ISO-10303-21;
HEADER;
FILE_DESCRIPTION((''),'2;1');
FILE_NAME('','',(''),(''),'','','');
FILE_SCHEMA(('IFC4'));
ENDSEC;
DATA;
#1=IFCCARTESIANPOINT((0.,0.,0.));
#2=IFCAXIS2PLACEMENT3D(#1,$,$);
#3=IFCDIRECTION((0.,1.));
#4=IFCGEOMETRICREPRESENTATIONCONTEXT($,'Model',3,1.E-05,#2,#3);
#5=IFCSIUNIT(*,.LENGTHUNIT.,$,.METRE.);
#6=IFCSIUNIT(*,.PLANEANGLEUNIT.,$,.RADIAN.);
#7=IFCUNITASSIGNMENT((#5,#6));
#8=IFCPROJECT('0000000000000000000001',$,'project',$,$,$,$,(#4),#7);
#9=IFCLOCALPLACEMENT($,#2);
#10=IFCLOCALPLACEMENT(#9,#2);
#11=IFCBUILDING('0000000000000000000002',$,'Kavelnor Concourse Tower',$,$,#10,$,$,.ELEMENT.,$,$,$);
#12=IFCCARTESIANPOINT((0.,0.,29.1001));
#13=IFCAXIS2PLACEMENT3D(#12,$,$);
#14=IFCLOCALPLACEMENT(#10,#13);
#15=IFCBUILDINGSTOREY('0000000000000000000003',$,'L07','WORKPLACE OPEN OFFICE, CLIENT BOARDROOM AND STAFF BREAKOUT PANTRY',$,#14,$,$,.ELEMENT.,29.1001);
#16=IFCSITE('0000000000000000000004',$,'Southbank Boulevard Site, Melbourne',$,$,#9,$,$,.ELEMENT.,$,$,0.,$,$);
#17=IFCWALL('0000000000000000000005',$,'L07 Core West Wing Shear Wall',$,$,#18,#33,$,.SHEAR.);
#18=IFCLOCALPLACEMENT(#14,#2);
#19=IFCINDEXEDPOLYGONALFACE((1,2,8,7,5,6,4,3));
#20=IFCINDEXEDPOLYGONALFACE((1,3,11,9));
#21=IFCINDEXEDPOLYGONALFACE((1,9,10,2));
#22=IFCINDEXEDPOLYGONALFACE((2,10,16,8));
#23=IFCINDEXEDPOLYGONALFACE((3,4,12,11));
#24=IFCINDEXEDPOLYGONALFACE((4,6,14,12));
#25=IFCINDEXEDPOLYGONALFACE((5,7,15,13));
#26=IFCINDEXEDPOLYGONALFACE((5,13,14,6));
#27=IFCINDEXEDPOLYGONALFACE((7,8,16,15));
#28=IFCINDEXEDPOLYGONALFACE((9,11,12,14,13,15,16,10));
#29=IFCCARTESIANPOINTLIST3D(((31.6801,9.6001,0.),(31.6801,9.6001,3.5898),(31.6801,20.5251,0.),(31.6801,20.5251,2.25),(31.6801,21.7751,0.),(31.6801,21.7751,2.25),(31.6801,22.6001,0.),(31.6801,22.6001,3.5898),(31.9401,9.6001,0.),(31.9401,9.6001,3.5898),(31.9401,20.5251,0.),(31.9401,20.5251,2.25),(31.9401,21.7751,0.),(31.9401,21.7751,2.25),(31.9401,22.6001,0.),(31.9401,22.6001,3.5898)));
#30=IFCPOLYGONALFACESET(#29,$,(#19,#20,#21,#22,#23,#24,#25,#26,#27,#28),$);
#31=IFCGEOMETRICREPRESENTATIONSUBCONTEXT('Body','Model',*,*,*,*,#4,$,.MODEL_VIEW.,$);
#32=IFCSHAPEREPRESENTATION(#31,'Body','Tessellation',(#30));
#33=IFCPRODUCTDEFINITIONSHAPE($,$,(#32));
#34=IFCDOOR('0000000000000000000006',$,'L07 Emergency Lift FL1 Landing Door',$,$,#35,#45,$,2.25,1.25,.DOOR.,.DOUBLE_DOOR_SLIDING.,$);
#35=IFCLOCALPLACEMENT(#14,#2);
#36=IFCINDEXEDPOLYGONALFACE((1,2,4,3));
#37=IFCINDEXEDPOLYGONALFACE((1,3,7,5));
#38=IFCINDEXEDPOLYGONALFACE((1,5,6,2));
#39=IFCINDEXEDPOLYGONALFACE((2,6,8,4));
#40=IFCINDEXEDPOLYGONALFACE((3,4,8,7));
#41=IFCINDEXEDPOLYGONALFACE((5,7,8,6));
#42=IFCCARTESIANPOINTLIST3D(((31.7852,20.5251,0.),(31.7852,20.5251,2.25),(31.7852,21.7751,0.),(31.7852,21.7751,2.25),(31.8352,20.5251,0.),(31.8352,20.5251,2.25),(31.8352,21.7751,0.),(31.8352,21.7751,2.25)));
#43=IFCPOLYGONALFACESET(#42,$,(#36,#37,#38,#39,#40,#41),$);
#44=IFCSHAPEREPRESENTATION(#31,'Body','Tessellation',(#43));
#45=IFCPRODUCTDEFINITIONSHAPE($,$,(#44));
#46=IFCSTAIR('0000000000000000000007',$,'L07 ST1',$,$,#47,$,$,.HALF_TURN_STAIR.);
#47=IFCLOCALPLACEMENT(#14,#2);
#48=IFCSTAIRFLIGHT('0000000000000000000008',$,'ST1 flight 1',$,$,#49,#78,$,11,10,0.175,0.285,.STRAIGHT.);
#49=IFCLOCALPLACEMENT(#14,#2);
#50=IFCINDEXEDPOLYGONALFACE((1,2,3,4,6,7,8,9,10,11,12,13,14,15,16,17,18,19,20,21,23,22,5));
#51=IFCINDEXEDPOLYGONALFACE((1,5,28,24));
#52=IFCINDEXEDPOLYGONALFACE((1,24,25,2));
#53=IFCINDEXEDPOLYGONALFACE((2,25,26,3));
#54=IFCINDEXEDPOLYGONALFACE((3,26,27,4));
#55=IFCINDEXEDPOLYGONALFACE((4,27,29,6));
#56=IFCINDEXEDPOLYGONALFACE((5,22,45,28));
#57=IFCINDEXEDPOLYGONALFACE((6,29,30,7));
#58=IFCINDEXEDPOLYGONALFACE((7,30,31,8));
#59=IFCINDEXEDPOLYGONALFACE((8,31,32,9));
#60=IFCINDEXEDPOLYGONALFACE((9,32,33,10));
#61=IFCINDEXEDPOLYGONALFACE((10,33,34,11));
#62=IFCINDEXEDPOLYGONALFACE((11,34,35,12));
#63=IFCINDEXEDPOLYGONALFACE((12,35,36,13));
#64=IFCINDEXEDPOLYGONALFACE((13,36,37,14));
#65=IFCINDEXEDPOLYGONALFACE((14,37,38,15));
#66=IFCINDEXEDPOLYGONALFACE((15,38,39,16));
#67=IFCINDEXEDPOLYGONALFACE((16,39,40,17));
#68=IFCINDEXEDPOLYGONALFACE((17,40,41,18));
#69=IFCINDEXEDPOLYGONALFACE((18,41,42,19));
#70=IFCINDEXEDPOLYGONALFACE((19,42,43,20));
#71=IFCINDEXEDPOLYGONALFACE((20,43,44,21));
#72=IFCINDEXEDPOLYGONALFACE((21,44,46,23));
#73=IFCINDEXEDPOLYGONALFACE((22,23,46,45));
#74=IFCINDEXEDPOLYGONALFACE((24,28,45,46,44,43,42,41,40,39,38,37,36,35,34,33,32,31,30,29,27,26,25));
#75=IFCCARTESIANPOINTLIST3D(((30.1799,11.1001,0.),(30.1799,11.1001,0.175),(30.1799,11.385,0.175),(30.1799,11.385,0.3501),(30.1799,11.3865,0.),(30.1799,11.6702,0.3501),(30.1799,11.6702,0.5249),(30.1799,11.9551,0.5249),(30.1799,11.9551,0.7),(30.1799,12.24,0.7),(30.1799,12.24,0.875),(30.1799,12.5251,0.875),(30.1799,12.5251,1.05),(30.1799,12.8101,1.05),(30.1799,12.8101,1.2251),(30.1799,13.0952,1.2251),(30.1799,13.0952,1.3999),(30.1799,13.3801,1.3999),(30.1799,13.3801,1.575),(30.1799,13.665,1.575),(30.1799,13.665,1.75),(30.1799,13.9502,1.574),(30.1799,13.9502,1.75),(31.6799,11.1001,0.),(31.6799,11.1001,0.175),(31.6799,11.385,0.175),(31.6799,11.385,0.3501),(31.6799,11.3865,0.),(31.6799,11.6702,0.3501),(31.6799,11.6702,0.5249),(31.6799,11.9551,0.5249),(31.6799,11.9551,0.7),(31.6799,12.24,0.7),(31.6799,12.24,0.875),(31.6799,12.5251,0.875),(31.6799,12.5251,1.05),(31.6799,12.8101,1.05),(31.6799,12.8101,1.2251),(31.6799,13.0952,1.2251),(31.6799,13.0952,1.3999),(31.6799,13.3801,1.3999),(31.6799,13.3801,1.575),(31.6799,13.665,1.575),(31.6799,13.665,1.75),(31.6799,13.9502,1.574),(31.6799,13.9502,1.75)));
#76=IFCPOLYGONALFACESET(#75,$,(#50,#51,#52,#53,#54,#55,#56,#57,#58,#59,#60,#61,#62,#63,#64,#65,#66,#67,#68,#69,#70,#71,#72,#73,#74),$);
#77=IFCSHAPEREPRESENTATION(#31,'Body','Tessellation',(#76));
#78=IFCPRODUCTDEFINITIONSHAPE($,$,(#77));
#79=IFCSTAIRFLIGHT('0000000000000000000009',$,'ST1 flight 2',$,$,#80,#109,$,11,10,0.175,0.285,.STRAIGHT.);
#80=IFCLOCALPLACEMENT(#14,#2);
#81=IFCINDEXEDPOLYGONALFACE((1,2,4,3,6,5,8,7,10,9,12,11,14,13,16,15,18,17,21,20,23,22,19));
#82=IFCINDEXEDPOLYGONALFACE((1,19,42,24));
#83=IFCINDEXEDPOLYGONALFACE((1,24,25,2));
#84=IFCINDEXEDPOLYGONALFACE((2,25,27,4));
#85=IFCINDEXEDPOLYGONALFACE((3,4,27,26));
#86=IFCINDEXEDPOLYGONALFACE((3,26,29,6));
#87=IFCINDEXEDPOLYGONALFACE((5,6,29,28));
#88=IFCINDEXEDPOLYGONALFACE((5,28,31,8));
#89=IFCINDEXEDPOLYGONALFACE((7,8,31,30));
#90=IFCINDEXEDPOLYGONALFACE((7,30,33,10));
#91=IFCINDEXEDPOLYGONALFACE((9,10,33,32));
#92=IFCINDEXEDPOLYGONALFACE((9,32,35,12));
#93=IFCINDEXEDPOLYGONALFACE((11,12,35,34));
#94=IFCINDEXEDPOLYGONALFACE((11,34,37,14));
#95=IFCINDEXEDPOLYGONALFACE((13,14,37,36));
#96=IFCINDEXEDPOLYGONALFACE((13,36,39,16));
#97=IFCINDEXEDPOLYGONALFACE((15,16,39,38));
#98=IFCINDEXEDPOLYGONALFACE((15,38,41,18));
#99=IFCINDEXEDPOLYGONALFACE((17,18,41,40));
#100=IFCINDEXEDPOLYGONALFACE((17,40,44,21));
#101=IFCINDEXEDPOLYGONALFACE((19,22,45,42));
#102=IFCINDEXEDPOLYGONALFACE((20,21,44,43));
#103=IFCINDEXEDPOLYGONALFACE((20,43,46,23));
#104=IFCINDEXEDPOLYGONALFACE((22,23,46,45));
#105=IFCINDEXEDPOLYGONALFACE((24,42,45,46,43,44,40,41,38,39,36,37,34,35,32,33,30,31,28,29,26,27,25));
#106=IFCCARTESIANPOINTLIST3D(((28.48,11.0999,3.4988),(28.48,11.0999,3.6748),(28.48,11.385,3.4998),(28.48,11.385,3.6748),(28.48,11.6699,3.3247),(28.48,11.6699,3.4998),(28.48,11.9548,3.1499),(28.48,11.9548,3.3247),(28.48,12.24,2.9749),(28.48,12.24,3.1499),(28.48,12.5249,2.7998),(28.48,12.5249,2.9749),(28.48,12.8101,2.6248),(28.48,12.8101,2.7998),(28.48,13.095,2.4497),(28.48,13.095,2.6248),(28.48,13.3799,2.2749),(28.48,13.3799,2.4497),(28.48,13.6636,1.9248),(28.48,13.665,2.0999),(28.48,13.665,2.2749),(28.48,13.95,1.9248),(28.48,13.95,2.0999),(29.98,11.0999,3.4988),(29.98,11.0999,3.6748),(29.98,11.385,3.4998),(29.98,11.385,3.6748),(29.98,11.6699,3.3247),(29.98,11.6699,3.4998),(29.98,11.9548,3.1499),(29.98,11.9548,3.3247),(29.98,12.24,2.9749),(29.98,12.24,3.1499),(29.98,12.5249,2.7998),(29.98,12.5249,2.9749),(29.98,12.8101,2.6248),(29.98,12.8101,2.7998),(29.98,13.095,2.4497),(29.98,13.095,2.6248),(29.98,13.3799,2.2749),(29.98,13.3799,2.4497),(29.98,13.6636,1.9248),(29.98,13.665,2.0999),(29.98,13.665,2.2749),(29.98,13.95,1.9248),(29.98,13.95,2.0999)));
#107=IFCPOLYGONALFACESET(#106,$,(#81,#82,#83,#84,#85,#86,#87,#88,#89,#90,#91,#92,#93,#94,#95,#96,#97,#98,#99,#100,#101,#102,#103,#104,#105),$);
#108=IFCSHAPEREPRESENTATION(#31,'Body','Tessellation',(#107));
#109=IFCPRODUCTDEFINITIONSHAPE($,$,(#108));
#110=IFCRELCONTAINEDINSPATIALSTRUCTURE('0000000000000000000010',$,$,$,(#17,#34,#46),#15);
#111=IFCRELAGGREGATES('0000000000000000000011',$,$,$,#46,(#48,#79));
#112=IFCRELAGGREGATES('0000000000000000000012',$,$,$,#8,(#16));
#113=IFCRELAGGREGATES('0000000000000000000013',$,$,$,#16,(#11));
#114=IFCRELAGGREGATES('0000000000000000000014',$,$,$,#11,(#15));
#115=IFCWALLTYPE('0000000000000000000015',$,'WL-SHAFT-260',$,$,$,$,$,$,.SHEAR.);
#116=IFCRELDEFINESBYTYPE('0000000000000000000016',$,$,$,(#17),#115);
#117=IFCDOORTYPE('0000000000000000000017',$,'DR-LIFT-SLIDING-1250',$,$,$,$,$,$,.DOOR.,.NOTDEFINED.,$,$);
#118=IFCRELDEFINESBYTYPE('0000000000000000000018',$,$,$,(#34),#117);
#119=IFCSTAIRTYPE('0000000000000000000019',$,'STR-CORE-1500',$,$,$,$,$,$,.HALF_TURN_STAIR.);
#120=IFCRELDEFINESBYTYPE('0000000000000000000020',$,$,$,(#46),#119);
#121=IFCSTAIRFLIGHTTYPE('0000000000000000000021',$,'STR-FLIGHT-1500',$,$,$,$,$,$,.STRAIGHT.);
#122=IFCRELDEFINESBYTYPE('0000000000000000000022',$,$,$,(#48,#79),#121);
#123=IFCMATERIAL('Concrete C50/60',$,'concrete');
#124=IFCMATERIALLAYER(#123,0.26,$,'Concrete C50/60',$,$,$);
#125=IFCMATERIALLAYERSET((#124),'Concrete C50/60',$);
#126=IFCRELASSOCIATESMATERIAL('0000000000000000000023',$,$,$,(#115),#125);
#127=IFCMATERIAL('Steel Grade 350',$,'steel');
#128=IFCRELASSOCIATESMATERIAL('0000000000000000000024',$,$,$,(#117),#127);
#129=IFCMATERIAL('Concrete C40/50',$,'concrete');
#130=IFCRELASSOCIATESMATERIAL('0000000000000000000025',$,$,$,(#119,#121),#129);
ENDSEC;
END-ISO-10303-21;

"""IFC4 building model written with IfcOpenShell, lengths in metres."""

from ifc_helpers import new_model, si_unit, direction, frame, frame_2d, origin, place, context, subcontext, project, spatial, polyline, rectangle, outline, extrude, material, layer, layer_set, type_object, element, fill, aggregate, save


model = new_model("IFC4")

# Units and contexts
model_context = context("Model", 3, precision=1e-05, world=origin(), true_north=direction((0.0, 1.0)))
body_context = subcontext(model_context, "Body", "Model", "MODEL_VIEW")
ifc_project = project(units=[si_unit("LENGTHUNIT", "METRE"), si_unit("PLANEANGLEUNIT", "RADIAN")], contexts=[model_context])

# Site, building, storey
site_placement = place(None, origin())
site = spatial("IfcSite", under=ifc_project, at=site_placement, Name="Southbank Boulevard Site, Melbourne", CompositionType="ELEMENT", RefElevation=0.0)
building_placement = place(site_placement, origin())
building = spatial("IfcBuilding", under=site, at=building_placement, Name="Kavelnor Concourse Tower", CompositionType="ELEMENT")
storey_placement = place(building_placement, frame((0.0, 0.0, 29.1001)))
storey = spatial("IfcBuildingStorey", under=building, at=storey_placement, Name="L07", Description="WORKPLACE OPEN OFFICE, CLIENT BOARDROOM AND STAFF BREAKOUT PANTRY", CompositionType="ELEMENT", Elevation=29.1001)

# Shared definitions
ifc_material_1 = material(Name="Steel Grade 350", Category="steel")

# Shared definitions
ifc_material_2 = material(Name="Concrete C50/60", Category="concrete")

# Wall, opening, door
ifc_layer_1 = layer(ifc_material_2, 0.26, Name="Concrete C50/60")
ifc_layer_set_1 = layer_set([ifc_layer_1], Name="Concrete C50/60")
wall_type_1 = type_object("IfcWallType", Name="WL-SHAFT-260", PredefinedType="SHEAR", material=ifc_layer_set_1)
wall_1_placement = place(storey_placement, frame((31.8101, 9.6001, 0.0), z_axis=(0.0, 0.0, 1.0), x_axis=(0.0, 1.0, 0.0)))
wall_1 = element("IfcWall", 1, at=wall_1_placement, inside=storey, type_object=wall_type_1, Name="L07 Core West Wing Shear Wall", PredefinedType="SHEAR", context=body_context, shape_type="SweptSolid", body=[
    extrude(rectangle(XDim=13.0, YDim=0.26, at=frame_2d((6.5, 0.0))), origin(), (0.0, 0.0, 1.0), 3.5898),
])
opening_1_placement = place(wall_1_placement, frame((10.925, 0.0, 0.0)))
opening_1 = element("IfcOpeningElement", 2, at=opening_1_placement, cuts=wall_1, PredefinedType="OPENING", context=body_context, shape_type="SweptSolid", body=[
    extrude(rectangle(XDim=1.25, YDim=2.25, at=frame_2d((0.625, 1.125))), frame((0.0, 0.1401, 0.0), z_axis=(0.0, -1.0, 0.0), x_axis=(1.0, 0.0, 0.0)), (0.0, 0.0, 1.0), 0.28),
])
door_type_1 = type_object("IfcDoorType", Name="DR-LIFT-SLIDING-1250", OperationType="NOTDEFINED", PredefinedType="DOOR", material=ifc_material_1)
door_1_placement = place(opening_1_placement, origin())
door_1 = element("IfcDoor", 3, at=door_1_placement, inside=storey, type_object=door_type_1, Name="L07 Emergency Lift FL1 Landing Door", OperationType="DOUBLE_DOOR_SLIDING", OverallHeight=2.25, OverallWidth=1.25, PredefinedType="DOOR", context=body_context, shape_type="SweptSolid", body=[
    extrude(rectangle(XDim=1.25, YDim=2.25, at=frame_2d((0.625, 1.125))), frame((0.0, 0.0249, 0.0), z_axis=(0.0, -1.0, 0.0), x_axis=(1.0, 0.0, 0.0)), (0.0, 0.0, 1.0), 0.05),
])
fill(opening_1, door_1)

# Stair, stair flights
ifc_material_3 = material(Name="Concrete C40/50", Category="concrete")
stair_type = type_object("IfcStairType", Name="STR-CORE-1500", PredefinedType="HALF_TURN_STAIR", material=ifc_material_3)
stair_placement = place(storey_placement, origin())
stair = element("IfcStair", 4, at=stair_placement, inside=storey, type_object=stair_type, Name="L07 ST1", PredefinedType="HALF_TURN_STAIR")
stair_flight_type = type_object("IfcStairFlightType", Name="STR-FLIGHT-1500", PredefinedType="STRAIGHT", material=ifc_material_3)
stair_flight_1_placement = place(storey_placement, frame((30.9299, 11.1001, 0.0), z_axis=(0.0, 0.0, 1.0), x_axis=(0.0, 1.0, 0.0)))
stair_flight_1 = element("IfcStairFlight", 5, at=stair_flight_1_placement, type_object=stair_flight_type, Name="ST1 flight 1", NumberOfRisers=11, NumberOfTreads=10, PredefinedType="STRAIGHT", RiserHeight=0.175, TreadLength=0.285, context=body_context, shape_type="SweptSolid", body=[
    extrude(outline(polyline([(0.0, 0.0), (0.0, 0.175), (0.2849, 0.175), (0.2849, 0.3501), (0.5701, 0.3501), (0.5701, 0.5249), (0.855, 0.5249), (0.855, 0.7), (1.1399, 0.7), (1.1399, 0.875), (1.425, 0.875), (1.425, 1.05), (1.71, 1.05), (1.71, 1.2251), (1.9951, 1.2251), (1.9951, 1.3999), (2.28, 1.3999), (2.28, 1.575), (2.5649, 1.575), (2.5649, 1.75), (2.8501, 1.75), (2.8501, 1.925), (2.8501, 1.574), (0.2864, 0.0), (0.0, 0.0)])), frame((0.0, 0.75, 0.0), z_axis=(0.0, -1.0, 0.0), x_axis=(1.0, 0.0, 0.0)), (0.0, 0.0, 1.0), 1.5),
])
stair_flight_2_placement = place(storey_placement, frame((29.23, 13.95, 1.9248), z_axis=(0.0, 0.0, 1.0), x_axis=(0.0, -1.0, 0.0)))
stair_flight_2 = element("IfcStairFlight", 6, at=stair_flight_2_placement, type_object=stair_flight_type, Name="ST1 flight 2", NumberOfRisers=11, NumberOfTreads=10, PredefinedType="STRAIGHT", RiserHeight=0.175, TreadLength=0.285, context=body_context, shape_type="SweptSolid", body=[
    extrude(outline(polyline([(0.0, 0.0), (0.0, 0.175), (0.2849, 0.175), (0.2849, 0.3501), (0.5701, 0.3501), (0.5701, 0.5249), (0.855, 0.5249), (0.855, 0.7), (1.1399, 0.7), (1.1399, 0.875), (1.425, 0.875), (1.425, 1.05), (1.71, 1.05), (1.71, 1.2251), (1.9951, 1.2251), (1.9951, 1.3999), (2.28, 1.3999), (2.28, 1.575), (2.5649, 1.575), (2.5649, 1.75), (2.8501, 1.75), (2.8501, 1.925), (2.8501, 1.574), (0.2864, 0.0), (0.0, 0.0)])), frame((0.0, 0.75, 0.0), z_axis=(0.0, -1.0, 0.0), x_axis=(1.0, 0.0, 0.0)), (0.0, 0.0, 1.0), 1.5),
])
aggregate(stair, [stair_flight_1, stair_flight_2])

save(model, "model.ifc")
